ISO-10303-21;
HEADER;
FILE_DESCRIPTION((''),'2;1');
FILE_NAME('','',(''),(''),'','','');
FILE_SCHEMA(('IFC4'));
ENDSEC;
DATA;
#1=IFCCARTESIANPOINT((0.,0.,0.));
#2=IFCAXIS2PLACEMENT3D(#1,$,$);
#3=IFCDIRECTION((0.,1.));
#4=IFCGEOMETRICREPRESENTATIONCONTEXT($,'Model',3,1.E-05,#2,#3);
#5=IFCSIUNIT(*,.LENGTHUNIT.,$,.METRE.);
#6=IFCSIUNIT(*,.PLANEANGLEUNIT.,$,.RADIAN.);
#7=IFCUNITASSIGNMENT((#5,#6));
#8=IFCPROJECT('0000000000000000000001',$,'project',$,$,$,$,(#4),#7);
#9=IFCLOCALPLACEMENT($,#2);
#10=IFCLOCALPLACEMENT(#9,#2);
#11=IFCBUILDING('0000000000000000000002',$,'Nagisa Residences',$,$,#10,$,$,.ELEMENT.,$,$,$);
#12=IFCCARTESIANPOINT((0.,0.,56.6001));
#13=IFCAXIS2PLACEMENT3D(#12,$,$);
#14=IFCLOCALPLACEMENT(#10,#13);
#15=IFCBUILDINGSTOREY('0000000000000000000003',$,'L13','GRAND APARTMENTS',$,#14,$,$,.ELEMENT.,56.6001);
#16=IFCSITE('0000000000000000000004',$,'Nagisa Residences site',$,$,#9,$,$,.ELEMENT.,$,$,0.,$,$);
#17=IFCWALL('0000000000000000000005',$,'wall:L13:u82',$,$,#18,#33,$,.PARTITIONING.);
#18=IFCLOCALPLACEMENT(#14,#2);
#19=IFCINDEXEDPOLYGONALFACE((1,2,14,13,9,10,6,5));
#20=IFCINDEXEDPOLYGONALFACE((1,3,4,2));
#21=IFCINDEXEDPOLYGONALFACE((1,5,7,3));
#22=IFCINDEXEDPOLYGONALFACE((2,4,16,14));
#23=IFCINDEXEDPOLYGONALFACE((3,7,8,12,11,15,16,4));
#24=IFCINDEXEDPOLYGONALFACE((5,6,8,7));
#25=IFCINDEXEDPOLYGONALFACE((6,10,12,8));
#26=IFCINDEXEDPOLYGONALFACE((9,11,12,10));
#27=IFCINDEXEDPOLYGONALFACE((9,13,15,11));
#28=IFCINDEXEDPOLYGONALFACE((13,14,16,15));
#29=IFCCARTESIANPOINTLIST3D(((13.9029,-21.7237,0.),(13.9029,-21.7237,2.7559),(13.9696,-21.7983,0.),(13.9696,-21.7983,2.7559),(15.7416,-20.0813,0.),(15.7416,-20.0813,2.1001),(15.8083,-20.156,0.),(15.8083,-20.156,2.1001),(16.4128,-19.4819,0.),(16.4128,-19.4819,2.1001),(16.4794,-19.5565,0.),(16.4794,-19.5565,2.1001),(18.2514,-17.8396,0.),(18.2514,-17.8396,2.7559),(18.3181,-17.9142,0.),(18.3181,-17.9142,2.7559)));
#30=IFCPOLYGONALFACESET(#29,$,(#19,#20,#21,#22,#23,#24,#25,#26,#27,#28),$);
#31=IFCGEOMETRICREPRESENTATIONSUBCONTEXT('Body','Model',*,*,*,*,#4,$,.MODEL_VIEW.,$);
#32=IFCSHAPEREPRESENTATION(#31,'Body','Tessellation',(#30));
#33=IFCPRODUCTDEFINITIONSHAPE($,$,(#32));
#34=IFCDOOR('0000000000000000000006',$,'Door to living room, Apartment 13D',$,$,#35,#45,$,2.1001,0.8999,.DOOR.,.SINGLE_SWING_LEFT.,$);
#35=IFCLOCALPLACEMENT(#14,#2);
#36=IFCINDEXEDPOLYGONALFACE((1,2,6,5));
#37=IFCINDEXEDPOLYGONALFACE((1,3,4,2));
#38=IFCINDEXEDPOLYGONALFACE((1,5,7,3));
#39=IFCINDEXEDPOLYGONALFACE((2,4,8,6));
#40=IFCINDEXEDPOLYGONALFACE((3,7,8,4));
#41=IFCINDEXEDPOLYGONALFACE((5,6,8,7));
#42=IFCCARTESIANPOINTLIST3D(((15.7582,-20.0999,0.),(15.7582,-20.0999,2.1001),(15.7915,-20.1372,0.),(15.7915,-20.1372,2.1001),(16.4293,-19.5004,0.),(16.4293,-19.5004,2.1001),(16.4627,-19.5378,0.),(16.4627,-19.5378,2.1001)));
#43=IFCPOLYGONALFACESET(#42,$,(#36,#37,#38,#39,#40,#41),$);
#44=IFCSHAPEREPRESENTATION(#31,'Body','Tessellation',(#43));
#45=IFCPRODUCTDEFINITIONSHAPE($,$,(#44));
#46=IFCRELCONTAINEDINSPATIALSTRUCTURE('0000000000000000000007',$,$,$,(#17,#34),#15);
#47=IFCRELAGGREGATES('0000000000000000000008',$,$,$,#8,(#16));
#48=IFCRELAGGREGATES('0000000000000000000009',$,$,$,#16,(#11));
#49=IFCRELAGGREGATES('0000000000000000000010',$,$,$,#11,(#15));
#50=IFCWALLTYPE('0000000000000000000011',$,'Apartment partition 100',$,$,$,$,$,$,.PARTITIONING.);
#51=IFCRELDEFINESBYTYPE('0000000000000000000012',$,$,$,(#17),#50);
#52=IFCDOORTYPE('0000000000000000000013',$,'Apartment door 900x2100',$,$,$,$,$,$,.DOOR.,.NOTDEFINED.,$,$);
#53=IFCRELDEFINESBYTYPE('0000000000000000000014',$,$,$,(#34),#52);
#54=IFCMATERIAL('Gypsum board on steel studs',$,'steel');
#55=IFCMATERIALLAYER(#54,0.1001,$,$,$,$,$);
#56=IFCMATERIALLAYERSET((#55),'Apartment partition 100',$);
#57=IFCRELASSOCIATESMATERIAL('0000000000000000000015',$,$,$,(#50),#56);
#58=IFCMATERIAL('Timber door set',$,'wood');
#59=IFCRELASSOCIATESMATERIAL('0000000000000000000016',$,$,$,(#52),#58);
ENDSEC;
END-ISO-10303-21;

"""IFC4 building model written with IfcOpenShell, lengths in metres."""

from ifc_helpers import new_model, si_unit, direction, frame, frame_2d, origin, place, context, subcontext, project, spatial, rectangle, extrude, material, layer, layer_set, type_object, element, fill, save


model = new_model("IFC4")

# Units and contexts
model_context = context("Model", 3, precision=1e-05, world=origin(), true_north=direction((0.0, 1.0)))
body_context = subcontext(model_context, "Body", "Model", "MODEL_VIEW")
ifc_project = project(units=[si_unit("LENGTHUNIT", "METRE"), si_unit("PLANEANGLEUNIT", "RADIAN")], contexts=[model_context])

# Site, building, storey
site_placement = place(None, origin())
site = spatial("IfcSite", under=ifc_project, at=site_placement, Name="Nagisa Residences site", CompositionType="ELEMENT", RefElevation=0.0)
building_placement = place(site_placement, origin())
building = spatial("IfcBuilding", under=site, at=building_placement, Name="Nagisa Residences", CompositionType="ELEMENT")
storey_placement = place(building_placement, frame((0.0, 0.0, 56.6001)))
storey = spatial("IfcBuildingStorey", under=building, at=storey_placement, Name="L13", Description="GRAND APARTMENTS", CompositionType="ELEMENT", Elevation=56.6001)

# Shared definitions
ifc_material_1 = material(Name="Gypsum board on steel studs", Category="steel")
ifc_layer_1 = layer(ifc_material_1, 0.1001)
ifc_layer_set_1 = layer_set([ifc_layer_1], Name="Apartment partition 100")
wall_type_1 = type_object("IfcWallType", Name="Apartment partition 100", PredefinedType="PARTITIONING", material=ifc_layer_set_1)

# Shared definitions
ifc_material_2 = material(Name="Timber door set", Category="wood")
door_type_1 = type_object("IfcDoorType", Name="Apartment door 900x2100", OperationType="NOTDEFINED", PredefinedType="DOOR", material=ifc_material_2)

# Wall, opening, door
wall_1_placement = place(storey_placement, frame((13.9363, -21.761, 0.0), z_axis=(0.0, 0.0, 1.0), x_axis=(0.745806, 0.666163, 0.0)))
wall_1 = element("IfcWall", 1, at=wall_1_placement, inside=storey, type_object=wall_type_1, Name="wall:L13:u82", PredefinedType="PARTITIONING", context=body_context, shape_type="SweptSolid", body=[
    extrude(rectangle(XDim=5.8306, YDim=0.1001, at=frame_2d((2.9153, 0.0))), origin(), (0.0, 0.0, 1.0), 2.7559),
])
opening_1_placement = place(wall_1_placement, frame((2.4653, 0.0, 0.0)))
opening_1 = element("IfcOpeningElement", 2, at=opening_1_placement, cuts=wall_1, PredefinedType="OPENING", context=body_context, shape_type="SweptSolid", body=[
    extrude(rectangle(XDim=0.8999, YDim=2.1001, at=frame_2d((0.45, 1.05))), frame((0.0, 0.0601, 0.0), z_axis=(0.0, -1.0, 0.0), x_axis=(1.0, 0.0, 0.0)), (0.0, 0.0, 1.0), 0.1201),
])
door_1_placement = place(opening_1_placement, frame((0.8999, 0.0, 0.0), x_axis=(-1.0, 0.0, 0.0)))
door_1 = element("IfcDoor", 3, at=door_1_placement, inside=storey, type_object=door_type_1, Name="Door to living room, Apartment 13D", OperationType="SINGLE_SWING_LEFT", OverallHeight=2.1001, OverallWidth=0.8999, PredefinedType="DOOR", context=body_context, shape_type="SweptSolid", body=[
    extrude(rectangle(XDim=0.8999, YDim=2.1001, at=frame_2d((0.45, 1.05))), frame((0.0, 0.0249, 0.0), z_axis=(0.0, -1.0, 0.0), x_axis=(1.0, 0.0, 0.0)), (0.0, 0.0, 1.0), 0.05),
])
fill(opening_1, door_1)

save(model, "model.ifc")
